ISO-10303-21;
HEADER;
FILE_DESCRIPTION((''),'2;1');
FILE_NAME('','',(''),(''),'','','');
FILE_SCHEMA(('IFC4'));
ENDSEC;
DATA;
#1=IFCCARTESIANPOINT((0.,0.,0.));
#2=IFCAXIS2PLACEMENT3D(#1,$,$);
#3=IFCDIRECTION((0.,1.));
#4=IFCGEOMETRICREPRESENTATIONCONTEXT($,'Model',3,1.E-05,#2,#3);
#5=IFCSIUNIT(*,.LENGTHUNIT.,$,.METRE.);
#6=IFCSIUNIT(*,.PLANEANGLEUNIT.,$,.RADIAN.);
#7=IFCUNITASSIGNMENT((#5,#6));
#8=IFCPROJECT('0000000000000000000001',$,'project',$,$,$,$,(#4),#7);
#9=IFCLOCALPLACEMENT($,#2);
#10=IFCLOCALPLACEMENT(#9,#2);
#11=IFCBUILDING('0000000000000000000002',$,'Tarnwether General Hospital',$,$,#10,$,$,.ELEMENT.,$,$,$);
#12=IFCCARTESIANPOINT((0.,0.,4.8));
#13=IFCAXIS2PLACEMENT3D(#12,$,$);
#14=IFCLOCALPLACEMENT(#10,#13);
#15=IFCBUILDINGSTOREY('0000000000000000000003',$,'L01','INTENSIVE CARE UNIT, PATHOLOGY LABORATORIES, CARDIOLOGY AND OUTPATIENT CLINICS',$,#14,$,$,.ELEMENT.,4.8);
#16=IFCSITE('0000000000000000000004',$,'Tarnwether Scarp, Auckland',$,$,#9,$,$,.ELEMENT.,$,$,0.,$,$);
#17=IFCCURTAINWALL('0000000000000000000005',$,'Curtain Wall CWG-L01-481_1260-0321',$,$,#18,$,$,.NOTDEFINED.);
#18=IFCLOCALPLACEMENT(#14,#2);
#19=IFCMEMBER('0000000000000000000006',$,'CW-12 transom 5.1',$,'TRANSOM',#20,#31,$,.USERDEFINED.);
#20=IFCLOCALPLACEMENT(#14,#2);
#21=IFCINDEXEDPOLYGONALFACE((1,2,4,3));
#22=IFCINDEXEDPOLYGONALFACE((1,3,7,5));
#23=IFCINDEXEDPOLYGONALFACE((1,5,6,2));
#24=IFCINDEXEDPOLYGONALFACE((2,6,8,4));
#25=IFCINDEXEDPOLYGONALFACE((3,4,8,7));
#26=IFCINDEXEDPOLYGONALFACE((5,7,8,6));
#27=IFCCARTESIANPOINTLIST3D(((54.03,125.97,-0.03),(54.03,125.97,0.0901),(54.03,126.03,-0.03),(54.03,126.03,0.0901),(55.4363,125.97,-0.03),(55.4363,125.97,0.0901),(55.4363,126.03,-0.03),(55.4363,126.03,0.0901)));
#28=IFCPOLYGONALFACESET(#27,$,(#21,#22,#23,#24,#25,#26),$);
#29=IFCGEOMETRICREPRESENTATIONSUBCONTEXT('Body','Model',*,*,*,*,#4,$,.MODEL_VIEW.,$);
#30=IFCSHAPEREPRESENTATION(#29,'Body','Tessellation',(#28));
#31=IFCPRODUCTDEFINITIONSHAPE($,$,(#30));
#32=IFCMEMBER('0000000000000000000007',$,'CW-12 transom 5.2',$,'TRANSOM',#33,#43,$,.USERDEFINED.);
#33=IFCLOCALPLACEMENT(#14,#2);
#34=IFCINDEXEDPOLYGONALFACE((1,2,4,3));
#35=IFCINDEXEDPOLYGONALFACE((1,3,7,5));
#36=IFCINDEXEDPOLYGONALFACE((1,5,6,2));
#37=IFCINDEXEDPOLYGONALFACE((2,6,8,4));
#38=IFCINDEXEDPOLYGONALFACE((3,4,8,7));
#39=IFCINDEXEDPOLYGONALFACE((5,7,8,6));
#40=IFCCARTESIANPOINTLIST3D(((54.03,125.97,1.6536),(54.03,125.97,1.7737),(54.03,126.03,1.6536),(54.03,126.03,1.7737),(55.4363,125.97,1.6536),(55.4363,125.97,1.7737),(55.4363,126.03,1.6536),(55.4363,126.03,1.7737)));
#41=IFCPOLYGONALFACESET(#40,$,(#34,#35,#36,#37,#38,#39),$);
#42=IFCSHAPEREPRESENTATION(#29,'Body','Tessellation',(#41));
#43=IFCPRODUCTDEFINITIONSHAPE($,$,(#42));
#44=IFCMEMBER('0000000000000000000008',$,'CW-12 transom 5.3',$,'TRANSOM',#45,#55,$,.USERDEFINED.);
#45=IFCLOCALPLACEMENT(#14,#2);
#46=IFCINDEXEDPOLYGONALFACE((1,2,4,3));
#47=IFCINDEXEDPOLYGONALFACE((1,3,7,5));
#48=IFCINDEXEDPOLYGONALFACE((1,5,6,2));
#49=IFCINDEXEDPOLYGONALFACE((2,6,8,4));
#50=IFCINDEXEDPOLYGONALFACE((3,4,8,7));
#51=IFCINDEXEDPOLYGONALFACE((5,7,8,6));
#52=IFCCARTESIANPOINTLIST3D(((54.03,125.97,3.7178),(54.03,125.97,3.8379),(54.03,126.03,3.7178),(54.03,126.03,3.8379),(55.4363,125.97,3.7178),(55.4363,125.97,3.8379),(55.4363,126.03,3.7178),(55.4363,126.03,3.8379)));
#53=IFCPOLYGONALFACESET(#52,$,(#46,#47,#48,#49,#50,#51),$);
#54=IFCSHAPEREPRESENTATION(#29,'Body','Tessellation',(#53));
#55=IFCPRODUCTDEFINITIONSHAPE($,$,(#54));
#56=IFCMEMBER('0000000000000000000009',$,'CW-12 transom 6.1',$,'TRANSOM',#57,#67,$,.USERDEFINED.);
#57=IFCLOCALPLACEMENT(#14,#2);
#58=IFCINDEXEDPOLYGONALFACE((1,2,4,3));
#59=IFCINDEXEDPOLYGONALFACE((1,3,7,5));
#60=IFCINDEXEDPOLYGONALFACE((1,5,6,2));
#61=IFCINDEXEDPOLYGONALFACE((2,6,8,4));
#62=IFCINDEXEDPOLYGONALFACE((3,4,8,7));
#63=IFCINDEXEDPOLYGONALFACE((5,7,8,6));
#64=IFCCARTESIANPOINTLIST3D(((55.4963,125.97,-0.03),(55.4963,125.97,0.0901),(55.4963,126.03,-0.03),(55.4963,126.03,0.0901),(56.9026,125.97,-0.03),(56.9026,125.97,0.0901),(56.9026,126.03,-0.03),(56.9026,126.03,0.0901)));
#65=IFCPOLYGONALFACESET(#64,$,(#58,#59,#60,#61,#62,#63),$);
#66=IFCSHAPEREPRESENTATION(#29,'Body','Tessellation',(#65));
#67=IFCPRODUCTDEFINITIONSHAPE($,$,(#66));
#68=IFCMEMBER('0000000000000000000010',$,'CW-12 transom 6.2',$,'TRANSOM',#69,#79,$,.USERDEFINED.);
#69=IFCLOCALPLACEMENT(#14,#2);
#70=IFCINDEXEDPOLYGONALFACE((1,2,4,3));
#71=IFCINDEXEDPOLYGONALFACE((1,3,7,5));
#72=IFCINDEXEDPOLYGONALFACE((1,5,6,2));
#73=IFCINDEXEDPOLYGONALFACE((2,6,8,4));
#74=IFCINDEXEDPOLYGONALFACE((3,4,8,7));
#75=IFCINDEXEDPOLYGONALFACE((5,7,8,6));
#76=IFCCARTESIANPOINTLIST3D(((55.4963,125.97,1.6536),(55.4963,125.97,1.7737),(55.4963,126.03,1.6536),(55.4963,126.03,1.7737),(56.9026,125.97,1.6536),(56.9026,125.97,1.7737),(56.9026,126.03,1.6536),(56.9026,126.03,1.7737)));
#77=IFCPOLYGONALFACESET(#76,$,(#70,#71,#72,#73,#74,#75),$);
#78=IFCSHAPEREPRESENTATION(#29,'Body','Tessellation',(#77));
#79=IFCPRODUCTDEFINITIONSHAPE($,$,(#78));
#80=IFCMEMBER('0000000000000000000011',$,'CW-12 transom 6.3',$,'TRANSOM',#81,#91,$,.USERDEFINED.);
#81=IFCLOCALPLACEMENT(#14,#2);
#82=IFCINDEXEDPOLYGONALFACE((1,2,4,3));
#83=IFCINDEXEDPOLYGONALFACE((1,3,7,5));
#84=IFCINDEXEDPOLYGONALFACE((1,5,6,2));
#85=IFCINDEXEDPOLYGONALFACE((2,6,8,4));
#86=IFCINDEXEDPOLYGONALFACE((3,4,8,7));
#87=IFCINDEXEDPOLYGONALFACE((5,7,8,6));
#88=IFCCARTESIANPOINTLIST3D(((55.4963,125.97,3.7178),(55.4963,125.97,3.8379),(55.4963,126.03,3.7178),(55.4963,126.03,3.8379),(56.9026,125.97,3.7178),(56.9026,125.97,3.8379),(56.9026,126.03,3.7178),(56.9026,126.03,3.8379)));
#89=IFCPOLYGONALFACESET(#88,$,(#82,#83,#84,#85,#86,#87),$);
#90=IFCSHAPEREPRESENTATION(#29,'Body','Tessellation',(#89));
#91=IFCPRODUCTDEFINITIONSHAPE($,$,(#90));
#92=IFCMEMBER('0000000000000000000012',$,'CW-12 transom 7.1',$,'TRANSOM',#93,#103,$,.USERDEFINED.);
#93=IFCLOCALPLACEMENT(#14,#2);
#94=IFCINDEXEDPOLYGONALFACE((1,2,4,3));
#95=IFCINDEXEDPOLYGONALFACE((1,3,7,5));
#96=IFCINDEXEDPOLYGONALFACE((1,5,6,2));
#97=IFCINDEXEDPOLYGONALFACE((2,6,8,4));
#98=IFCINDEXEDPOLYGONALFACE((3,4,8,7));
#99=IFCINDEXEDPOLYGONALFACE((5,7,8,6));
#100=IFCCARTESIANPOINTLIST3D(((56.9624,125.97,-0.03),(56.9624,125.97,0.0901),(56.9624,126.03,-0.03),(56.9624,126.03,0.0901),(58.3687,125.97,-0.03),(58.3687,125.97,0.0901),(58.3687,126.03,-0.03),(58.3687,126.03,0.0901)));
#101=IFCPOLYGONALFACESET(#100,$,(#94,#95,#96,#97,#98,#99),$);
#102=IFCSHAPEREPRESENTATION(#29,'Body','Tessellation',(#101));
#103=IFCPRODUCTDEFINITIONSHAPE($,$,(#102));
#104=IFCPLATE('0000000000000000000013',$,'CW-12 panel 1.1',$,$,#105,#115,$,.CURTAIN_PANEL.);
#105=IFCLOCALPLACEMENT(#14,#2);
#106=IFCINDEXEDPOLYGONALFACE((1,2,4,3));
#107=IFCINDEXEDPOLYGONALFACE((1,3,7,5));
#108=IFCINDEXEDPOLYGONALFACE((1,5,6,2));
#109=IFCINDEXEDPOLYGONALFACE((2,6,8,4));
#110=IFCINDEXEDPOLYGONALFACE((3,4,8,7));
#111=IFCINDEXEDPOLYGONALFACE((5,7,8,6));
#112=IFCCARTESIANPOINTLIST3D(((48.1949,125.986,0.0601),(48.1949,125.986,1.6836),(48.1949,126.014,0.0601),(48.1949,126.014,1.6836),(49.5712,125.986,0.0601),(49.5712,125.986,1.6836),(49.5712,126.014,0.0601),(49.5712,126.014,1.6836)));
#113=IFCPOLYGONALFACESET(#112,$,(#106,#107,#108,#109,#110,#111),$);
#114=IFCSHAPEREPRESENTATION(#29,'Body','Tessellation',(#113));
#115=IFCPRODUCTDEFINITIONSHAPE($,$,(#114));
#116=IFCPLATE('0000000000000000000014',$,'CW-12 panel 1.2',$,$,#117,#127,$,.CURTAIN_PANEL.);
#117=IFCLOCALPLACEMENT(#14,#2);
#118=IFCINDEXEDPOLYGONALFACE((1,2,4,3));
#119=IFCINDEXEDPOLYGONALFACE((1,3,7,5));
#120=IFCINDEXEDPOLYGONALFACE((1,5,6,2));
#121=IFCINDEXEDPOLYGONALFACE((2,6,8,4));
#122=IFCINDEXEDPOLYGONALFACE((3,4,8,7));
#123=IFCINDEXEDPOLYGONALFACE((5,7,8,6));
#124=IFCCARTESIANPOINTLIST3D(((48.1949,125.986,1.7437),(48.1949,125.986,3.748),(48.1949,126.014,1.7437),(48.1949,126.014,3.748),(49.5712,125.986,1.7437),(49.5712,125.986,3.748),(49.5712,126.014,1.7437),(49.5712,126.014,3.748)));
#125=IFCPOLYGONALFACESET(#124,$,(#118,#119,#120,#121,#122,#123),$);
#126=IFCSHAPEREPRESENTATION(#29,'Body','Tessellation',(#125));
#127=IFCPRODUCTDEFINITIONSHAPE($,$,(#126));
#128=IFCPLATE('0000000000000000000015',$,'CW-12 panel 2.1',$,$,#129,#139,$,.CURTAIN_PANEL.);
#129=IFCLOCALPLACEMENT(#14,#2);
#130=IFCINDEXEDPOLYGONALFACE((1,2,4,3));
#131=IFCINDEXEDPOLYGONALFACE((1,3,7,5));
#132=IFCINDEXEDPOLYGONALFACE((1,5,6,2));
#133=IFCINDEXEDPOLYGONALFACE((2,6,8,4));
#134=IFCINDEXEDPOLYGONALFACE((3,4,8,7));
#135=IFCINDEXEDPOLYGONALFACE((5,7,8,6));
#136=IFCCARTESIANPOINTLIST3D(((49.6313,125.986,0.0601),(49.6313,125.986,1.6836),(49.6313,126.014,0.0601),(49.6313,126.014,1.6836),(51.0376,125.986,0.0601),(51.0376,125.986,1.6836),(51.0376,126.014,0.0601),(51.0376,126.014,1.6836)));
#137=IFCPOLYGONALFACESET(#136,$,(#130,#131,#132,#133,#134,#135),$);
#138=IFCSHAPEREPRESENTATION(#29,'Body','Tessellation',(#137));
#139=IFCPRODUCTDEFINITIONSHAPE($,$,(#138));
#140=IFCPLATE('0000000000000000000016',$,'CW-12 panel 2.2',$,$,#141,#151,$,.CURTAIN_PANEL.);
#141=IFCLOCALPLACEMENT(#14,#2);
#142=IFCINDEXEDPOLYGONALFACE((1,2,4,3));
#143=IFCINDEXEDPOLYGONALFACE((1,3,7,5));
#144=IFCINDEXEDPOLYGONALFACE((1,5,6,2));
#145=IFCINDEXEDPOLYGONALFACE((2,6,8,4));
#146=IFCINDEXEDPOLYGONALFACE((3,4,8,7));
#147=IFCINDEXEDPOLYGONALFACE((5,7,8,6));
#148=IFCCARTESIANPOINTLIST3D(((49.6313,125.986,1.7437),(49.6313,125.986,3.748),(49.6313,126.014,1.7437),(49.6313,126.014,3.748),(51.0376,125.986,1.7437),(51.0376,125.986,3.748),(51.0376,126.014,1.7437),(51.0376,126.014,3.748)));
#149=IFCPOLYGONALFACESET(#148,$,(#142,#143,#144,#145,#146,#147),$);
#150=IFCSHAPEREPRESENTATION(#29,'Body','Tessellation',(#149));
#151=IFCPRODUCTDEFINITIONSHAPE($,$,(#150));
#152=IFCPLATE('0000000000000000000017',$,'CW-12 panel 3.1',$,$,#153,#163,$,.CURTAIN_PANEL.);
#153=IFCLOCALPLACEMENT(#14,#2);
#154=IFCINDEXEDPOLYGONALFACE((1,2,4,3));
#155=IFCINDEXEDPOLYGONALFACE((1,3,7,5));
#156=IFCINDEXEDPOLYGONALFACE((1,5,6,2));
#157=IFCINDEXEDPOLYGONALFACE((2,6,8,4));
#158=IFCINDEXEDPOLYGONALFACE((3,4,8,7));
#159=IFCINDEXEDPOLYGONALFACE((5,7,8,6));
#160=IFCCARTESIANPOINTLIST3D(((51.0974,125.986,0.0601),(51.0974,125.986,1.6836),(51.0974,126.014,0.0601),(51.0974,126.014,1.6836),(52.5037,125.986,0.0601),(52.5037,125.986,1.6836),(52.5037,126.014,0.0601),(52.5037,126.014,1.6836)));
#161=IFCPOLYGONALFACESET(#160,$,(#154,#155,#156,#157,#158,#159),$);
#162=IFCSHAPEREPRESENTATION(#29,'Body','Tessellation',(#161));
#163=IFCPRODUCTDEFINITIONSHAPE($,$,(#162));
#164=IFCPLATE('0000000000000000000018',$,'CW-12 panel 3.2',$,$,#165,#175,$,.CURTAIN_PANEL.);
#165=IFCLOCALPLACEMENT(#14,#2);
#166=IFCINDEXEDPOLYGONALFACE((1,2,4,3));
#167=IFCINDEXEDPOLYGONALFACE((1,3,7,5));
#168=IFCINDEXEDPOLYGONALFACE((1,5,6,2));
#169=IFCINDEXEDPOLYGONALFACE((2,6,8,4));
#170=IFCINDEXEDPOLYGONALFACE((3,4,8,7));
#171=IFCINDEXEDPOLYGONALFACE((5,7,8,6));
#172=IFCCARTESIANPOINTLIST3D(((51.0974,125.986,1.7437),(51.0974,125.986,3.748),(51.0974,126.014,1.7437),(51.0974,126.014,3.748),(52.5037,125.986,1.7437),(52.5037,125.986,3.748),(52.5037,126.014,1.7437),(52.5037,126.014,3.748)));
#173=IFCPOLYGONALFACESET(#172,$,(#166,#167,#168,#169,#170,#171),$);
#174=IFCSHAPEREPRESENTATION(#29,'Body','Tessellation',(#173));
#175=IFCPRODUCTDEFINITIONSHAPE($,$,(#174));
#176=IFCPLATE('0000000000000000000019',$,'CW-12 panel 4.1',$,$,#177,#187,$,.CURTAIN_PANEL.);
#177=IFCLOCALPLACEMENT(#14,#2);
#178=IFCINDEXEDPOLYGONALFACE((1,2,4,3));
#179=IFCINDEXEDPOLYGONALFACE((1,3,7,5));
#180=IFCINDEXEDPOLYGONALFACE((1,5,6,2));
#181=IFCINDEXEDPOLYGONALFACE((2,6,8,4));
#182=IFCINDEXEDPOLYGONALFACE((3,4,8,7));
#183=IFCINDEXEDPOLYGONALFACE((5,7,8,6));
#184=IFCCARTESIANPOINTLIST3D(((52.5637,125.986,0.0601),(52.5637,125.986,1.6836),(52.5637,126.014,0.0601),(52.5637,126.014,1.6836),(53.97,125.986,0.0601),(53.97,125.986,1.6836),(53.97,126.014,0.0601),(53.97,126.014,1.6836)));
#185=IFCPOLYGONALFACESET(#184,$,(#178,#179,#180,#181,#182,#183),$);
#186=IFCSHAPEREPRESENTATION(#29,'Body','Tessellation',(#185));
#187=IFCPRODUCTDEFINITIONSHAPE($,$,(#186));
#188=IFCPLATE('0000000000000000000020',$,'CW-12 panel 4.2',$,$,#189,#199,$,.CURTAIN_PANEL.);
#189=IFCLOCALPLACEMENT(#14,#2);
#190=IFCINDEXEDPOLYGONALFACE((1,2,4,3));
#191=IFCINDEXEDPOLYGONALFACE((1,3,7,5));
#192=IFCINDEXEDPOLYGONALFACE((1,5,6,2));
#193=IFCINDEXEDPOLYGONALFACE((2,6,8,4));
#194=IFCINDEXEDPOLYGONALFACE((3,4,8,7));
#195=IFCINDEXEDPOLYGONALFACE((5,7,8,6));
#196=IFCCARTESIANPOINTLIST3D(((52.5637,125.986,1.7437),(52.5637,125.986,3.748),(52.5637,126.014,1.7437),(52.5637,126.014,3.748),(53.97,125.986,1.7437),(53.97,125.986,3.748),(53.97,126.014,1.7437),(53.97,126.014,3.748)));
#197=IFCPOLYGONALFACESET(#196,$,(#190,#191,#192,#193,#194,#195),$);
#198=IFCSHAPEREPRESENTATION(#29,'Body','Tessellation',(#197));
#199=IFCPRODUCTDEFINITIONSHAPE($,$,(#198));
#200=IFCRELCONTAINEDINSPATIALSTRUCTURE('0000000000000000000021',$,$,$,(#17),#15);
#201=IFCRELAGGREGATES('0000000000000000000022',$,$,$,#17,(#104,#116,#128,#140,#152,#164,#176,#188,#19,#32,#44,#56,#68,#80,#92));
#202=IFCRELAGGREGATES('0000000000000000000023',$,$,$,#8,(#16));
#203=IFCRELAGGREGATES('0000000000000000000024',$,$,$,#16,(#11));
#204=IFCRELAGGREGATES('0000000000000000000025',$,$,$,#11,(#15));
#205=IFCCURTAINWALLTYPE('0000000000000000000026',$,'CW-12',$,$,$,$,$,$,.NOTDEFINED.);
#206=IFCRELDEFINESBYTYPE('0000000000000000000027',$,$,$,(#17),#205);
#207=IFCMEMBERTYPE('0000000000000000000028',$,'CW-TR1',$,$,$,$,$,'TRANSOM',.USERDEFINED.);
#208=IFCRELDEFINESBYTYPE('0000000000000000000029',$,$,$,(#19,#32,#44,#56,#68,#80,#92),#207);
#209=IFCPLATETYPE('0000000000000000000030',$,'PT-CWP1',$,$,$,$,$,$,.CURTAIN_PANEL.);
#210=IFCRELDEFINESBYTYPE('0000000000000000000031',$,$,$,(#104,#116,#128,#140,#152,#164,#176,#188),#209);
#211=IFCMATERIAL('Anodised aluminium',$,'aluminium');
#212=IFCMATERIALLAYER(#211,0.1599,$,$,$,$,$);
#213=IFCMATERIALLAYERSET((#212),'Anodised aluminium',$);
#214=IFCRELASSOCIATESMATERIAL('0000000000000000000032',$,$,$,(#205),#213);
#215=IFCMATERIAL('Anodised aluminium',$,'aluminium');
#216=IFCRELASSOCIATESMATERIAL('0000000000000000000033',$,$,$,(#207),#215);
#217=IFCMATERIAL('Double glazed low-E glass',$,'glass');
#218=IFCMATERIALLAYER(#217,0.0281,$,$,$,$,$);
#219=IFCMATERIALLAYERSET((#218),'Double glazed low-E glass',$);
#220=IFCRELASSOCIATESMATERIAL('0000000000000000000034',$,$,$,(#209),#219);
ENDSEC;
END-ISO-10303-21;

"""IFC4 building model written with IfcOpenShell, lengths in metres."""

from ifc_helpers import new_model, si_unit, direction, frame, origin, origin_2d, place, context, subcontext, project, spatial, rectangle, extrude, material, layer, layer_set, material_profile, profile_set, type_object, element, aggregate, save


model = new_model("IFC4")

# Units and contexts
model_context = context("Model", 3, precision=1e-05, world=origin(), true_north=direction((0.0, 1.0)))
body_context = subcontext(model_context, "Body", "Model", "MODEL_VIEW")
ifc_project = project(units=[si_unit("LENGTHUNIT", "METRE"), si_unit("PLANEANGLEUNIT", "RADIAN")], contexts=[model_context])

# Site, building, storey
site_placement = place(None, origin())
site = spatial("IfcSite", under=ifc_project, at=site_placement, Name="Tarnwether Scarp, Auckland", CompositionType="ELEMENT", RefElevation=0.0)
building_placement = place(site_placement, origin())
building = spatial("IfcBuilding", under=site, at=building_placement, Name="Tarnwether General Hospital", CompositionType="ELEMENT")
storey_placement = place(building_placement, frame((0.0, 0.0, 4.8)))
storey = spatial("IfcBuildingStorey", under=building, at=storey_placement, Name="L01", Description="INTENSIVE CARE UNIT, PATHOLOGY LABORATORIES, CARDIOLOGY AND OUTPATIENT CLINICS", CompositionType="ELEMENT", Elevation=4.8)

# Curtain wall, members, plates
ifc_material_1 = material(Name="Anodised aluminium", Category="aluminium")
ifc_layer_1 = layer(ifc_material_1, 0.1599)
ifc_layer_set_1 = layer_set([ifc_layer_1], Name="Anodised aluminium")
curtain_wall_type = type_object("IfcCurtainWallType", Name="CW-12", PredefinedType="NOTDEFINED", material=ifc_layer_set_1)
curtain_wall_placement = place(storey_placement, origin())
curtain_wall = element("IfcCurtainWall", 1, at=curtain_wall_placement, inside=storey, type_object=curtain_wall_type, Name="Curtain Wall CWG-L01-481_1260-0321", PredefinedType="NOTDEFINED")
ifc_material_2 = material(Name="Anodised aluminium", Category="aluminium")
ifc_material_profile_1 = material_profile(ifc_material_2, rectangle(XDim=0.0601, YDim=0.1201, at=origin_2d()), Name="ALU-TRN-60x120")
ifc_profile_set_1 = profile_set([ifc_material_profile_1], Name="Anodised aluminium")
member_type_1 = type_object("IfcMemberType", Name="CW-TR1", ElementType="TRANSOM", PredefinedType="USERDEFINED", material=ifc_profile_set_1)
member_1_placement = place(storey_placement, frame((54.03, 126.0, 0.03), z_axis=(1.0, 0.0, 0.0), x_axis=(0.0, 1.0, 0.0)))
member_1 = element("IfcMember", 2, at=member_1_placement, type_object=member_type_1, Name="CW-12 transom 5.1", ObjectType="TRANSOM", PredefinedType="USERDEFINED", context=body_context, shape_type="SweptSolid", body=[
    extrude(rectangle(XDim=0.0601, YDim=0.1201, at=origin_2d()), origin(), (0.0, 0.0, 1.0), 1.4062),
])
member_2_placement = place(storey_placement, frame((54.03, 126.0, 1.7136), z_axis=(1.0, 0.0, 0.0), x_axis=(0.0, 1.0, 0.0)))
member_2 = element("IfcMember", 3, at=member_2_placement, type_object=member_type_1, Name="CW-12 transom 5.2", ObjectType="TRANSOM", PredefinedType="USERDEFINED", context=body_context, shape_type="SweptSolid", body=[
    extrude(rectangle(XDim=0.0601, YDim=0.1201, at=origin_2d()), origin(), (0.0, 0.0, 1.0), 1.4062),
])
member_3_placement = place(storey_placement, frame((54.03, 126.0, 3.7778), z_axis=(1.0, 0.0, 0.0), x_axis=(0.0, 1.0, 0.0)))
member_3 = element("IfcMember", 4, at=member_3_placement, type_object=member_type_1, Name="CW-12 transom 5.3", ObjectType="TRANSOM", PredefinedType="USERDEFINED", context=body_context, shape_type="SweptSolid", body=[
    extrude(rectangle(XDim=0.0601, YDim=0.1201, at=origin_2d()), origin(), (0.0, 0.0, 1.0), 1.4062),
])
member_4_placement = place(storey_placement, frame((55.4963, 126.0, 0.03), z_axis=(1.0, 0.0, 0.0), x_axis=(0.0, 1.0, 0.0)))
member_4 = element("IfcMember", 5, at=member_4_placement, type_object=member_type_1, Name="CW-12 transom 6.1", ObjectType="TRANSOM", PredefinedType="USERDEFINED", context=body_context, shape_type="SweptSolid", body=[
    extrude(rectangle(XDim=0.0601, YDim=0.1201, at=origin_2d()), origin(), (0.0, 0.0, 1.0), 1.4062),
])
member_5_placement = place(storey_placement, frame((55.4963, 126.0, 1.7136), z_axis=(1.0, 0.0, 0.0), x_axis=(0.0, 1.0, 0.0)))
member_5 = element("IfcMember", 6, at=member_5_placement, type_object=member_type_1, Name="CW-12 transom 6.2", ObjectType="TRANSOM", PredefinedType="USERDEFINED", context=body_context, shape_type="SweptSolid", body=[
    extrude(rectangle(XDim=0.0601, YDim=0.1201, at=origin_2d()), origin(), (0.0, 0.0, 1.0), 1.4062),
])
member_6_placement = place(storey_placement, frame((55.4963, 126.0, 3.7778), z_axis=(1.0, 0.0, 0.0), x_axis=(0.0, 1.0, 0.0)))
member_6 = element("IfcMember", 7, at=member_6_placement, type_object=member_type_1, Name="CW-12 transom 6.3", ObjectType="TRANSOM", PredefinedType="USERDEFINED", context=body_context, shape_type="SweptSolid", body=[
    extrude(rectangle(XDim=0.0601, YDim=0.1201, at=origin_2d()), origin(), (0.0, 0.0, 1.0), 1.4062),
])
member_7_placement = place(storey_placement, frame((56.9624, 126.0, 0.03), z_axis=(1.0, 0.0, 0.0), x_axis=(0.0, 1.0, 0.0)))
member_7 = element("IfcMember", 8, at=member_7_placement, type_object=member_type_1, Name="CW-12 transom 7.1", ObjectType="TRANSOM", PredefinedType="USERDEFINED", context=body_context, shape_type="SweptSolid", body=[
    extrude(rectangle(XDim=0.0601, YDim=0.1201, at=origin_2d()), origin(), (0.0, 0.0, 1.0), 1.4062),
])
ifc_material_3 = material(Name="Double glazed low-E glass", Category="glass")
ifc_layer_2 = layer(ifc_material_3, 0.0281)
ifc_layer_set_2 = layer_set([ifc_layer_2], Name="Double glazed low-E glass")
plate_type = type_object("IfcPlateType", Name="PT-CWP1", PredefinedType="CURTAIN_PANEL", material=ifc_layer_set_2)
plate_1_placement = place(storey_placement, frame((48.8831, 126.0, 0.0601), z_axis=(0.0, 0.0, 1.0), x_axis=(1.0, 0.0, 0.0)))
plate_1 = element("IfcPlate", 9, at=plate_1_placement, type_object=plate_type, Name="CW-12 panel 1.1", PredefinedType="CURTAIN_PANEL", context=body_context, shape_type="SweptSolid", body=[
    extrude(rectangle(XDim=1.3762, YDim=0.0281, at=origin_2d()), origin(), (0.0, 0.0, 1.0), 1.6235),
])
plate_2_placement = place(storey_placement, frame((48.8831, 126.0, 1.7437), z_axis=(0.0, 0.0, 1.0), x_axis=(1.0, 0.0, 0.0)))
plate_2 = element("IfcPlate", 10, at=plate_2_placement, type_object=plate_type, Name="CW-12 panel 1.2", PredefinedType="CURTAIN_PANEL", context=body_context, shape_type="SweptSolid", body=[
    extrude(rectangle(XDim=1.3762, YDim=0.0281, at=origin_2d()), origin(), (0.0, 0.0, 1.0), 2.0044),
])
plate_3_placement = place(storey_placement, frame((50.3345, 126.0, 0.0601), z_axis=(0.0, 0.0, 1.0), x_axis=(1.0, 0.0, 0.0)))
plate_3 = element("IfcPlate", 11, at=plate_3_placement, type_object=plate_type, Name="CW-12 panel 2.1", PredefinedType="CURTAIN_PANEL", context=body_context, shape_type="SweptSolid", body=[
    extrude(rectangle(XDim=1.4062, YDim=0.0281, at=origin_2d()), origin(), (0.0, 0.0, 1.0), 1.6235),
])
plate_4_placement = place(storey_placement, frame((50.3345, 126.0, 1.7437), z_axis=(0.0, 0.0, 1.0), x_axis=(1.0, 0.0, 0.0)))
plate_4 = element("IfcPlate", 12, at=plate_4_placement, type_object=plate_type, Name="CW-12 panel 2.2", PredefinedType="CURTAIN_PANEL", context=body_context, shape_type="SweptSolid", body=[
    extrude(rectangle(XDim=1.4062, YDim=0.0281, at=origin_2d()), origin(), (0.0, 0.0, 1.0), 2.0044),
])
plate_5_placement = place(storey_placement, frame((51.8005, 126.0, 0.0601), z_axis=(0.0, 0.0, 1.0), x_axis=(1.0, 0.0, 0.0)))
plate_5 = element("IfcPlate", 13, at=plate_5_placement, type_object=plate_type, Name="CW-12 panel 3.1", PredefinedType="CURTAIN_PANEL", context=body_context, shape_type="SweptSolid", body=[
    extrude(rectangle(XDim=1.4062, YDim=0.0281, at=origin_2d()), origin(), (0.0, 0.0, 1.0), 1.6235),
])
plate_6_placement = place(storey_placement, frame((51.8005, 126.0, 1.7437), z_axis=(0.0, 0.0, 1.0), x_axis=(1.0, 0.0, 0.0)))
plate_6 = element("IfcPlate", 14, at=plate_6_placement, type_object=plate_type, Name="CW-12 panel 3.2", PredefinedType="CURTAIN_PANEL", context=body_context, shape_type="SweptSolid", body=[
    extrude(rectangle(XDim=1.4062, YDim=0.0281, at=origin_2d()), origin(), (0.0, 0.0, 1.0), 2.0044),
])
plate_7_placement = place(storey_placement, frame((53.2668, 126.0, 0.0601), z_axis=(0.0, 0.0, 1.0), x_axis=(1.0, 0.0, 0.0)))
plate_7 = element("IfcPlate", 15, at=plate_7_placement, type_object=plate_type, Name="CW-12 panel 4.1", PredefinedType="CURTAIN_PANEL", context=body_context, shape_type="SweptSolid", body=[
    extrude(rectangle(XDim=1.4062, YDim=0.0281, at=origin_2d()), origin(), (0.0, 0.0, 1.0), 1.6235),
])
plate_8_placement = place(storey_placement, frame((53.2668, 126.0, 1.7437), z_axis=(0.0, 0.0, 1.0), x_axis=(1.0, 0.0, 0.0)))
plate_8 = element("IfcPlate", 16, at=plate_8_placement, type_object=plate_type, Name="CW-12 panel 4.2", PredefinedType="CURTAIN_PANEL", context=body_context, shape_type="SweptSolid", body=[
    extrude(rectangle(XDim=1.4062, YDim=0.0281, at=origin_2d()), origin(), (0.0, 0.0, 1.0), 2.0044),
])
aggregate(curtain_wall, [plate_1, plate_2, plate_3, plate_4, plate_5, plate_6, plate_7, plate_8, member_1, member_2, member_3, member_4, member_5, member_6, member_7])

save(model, "model.ifc")
